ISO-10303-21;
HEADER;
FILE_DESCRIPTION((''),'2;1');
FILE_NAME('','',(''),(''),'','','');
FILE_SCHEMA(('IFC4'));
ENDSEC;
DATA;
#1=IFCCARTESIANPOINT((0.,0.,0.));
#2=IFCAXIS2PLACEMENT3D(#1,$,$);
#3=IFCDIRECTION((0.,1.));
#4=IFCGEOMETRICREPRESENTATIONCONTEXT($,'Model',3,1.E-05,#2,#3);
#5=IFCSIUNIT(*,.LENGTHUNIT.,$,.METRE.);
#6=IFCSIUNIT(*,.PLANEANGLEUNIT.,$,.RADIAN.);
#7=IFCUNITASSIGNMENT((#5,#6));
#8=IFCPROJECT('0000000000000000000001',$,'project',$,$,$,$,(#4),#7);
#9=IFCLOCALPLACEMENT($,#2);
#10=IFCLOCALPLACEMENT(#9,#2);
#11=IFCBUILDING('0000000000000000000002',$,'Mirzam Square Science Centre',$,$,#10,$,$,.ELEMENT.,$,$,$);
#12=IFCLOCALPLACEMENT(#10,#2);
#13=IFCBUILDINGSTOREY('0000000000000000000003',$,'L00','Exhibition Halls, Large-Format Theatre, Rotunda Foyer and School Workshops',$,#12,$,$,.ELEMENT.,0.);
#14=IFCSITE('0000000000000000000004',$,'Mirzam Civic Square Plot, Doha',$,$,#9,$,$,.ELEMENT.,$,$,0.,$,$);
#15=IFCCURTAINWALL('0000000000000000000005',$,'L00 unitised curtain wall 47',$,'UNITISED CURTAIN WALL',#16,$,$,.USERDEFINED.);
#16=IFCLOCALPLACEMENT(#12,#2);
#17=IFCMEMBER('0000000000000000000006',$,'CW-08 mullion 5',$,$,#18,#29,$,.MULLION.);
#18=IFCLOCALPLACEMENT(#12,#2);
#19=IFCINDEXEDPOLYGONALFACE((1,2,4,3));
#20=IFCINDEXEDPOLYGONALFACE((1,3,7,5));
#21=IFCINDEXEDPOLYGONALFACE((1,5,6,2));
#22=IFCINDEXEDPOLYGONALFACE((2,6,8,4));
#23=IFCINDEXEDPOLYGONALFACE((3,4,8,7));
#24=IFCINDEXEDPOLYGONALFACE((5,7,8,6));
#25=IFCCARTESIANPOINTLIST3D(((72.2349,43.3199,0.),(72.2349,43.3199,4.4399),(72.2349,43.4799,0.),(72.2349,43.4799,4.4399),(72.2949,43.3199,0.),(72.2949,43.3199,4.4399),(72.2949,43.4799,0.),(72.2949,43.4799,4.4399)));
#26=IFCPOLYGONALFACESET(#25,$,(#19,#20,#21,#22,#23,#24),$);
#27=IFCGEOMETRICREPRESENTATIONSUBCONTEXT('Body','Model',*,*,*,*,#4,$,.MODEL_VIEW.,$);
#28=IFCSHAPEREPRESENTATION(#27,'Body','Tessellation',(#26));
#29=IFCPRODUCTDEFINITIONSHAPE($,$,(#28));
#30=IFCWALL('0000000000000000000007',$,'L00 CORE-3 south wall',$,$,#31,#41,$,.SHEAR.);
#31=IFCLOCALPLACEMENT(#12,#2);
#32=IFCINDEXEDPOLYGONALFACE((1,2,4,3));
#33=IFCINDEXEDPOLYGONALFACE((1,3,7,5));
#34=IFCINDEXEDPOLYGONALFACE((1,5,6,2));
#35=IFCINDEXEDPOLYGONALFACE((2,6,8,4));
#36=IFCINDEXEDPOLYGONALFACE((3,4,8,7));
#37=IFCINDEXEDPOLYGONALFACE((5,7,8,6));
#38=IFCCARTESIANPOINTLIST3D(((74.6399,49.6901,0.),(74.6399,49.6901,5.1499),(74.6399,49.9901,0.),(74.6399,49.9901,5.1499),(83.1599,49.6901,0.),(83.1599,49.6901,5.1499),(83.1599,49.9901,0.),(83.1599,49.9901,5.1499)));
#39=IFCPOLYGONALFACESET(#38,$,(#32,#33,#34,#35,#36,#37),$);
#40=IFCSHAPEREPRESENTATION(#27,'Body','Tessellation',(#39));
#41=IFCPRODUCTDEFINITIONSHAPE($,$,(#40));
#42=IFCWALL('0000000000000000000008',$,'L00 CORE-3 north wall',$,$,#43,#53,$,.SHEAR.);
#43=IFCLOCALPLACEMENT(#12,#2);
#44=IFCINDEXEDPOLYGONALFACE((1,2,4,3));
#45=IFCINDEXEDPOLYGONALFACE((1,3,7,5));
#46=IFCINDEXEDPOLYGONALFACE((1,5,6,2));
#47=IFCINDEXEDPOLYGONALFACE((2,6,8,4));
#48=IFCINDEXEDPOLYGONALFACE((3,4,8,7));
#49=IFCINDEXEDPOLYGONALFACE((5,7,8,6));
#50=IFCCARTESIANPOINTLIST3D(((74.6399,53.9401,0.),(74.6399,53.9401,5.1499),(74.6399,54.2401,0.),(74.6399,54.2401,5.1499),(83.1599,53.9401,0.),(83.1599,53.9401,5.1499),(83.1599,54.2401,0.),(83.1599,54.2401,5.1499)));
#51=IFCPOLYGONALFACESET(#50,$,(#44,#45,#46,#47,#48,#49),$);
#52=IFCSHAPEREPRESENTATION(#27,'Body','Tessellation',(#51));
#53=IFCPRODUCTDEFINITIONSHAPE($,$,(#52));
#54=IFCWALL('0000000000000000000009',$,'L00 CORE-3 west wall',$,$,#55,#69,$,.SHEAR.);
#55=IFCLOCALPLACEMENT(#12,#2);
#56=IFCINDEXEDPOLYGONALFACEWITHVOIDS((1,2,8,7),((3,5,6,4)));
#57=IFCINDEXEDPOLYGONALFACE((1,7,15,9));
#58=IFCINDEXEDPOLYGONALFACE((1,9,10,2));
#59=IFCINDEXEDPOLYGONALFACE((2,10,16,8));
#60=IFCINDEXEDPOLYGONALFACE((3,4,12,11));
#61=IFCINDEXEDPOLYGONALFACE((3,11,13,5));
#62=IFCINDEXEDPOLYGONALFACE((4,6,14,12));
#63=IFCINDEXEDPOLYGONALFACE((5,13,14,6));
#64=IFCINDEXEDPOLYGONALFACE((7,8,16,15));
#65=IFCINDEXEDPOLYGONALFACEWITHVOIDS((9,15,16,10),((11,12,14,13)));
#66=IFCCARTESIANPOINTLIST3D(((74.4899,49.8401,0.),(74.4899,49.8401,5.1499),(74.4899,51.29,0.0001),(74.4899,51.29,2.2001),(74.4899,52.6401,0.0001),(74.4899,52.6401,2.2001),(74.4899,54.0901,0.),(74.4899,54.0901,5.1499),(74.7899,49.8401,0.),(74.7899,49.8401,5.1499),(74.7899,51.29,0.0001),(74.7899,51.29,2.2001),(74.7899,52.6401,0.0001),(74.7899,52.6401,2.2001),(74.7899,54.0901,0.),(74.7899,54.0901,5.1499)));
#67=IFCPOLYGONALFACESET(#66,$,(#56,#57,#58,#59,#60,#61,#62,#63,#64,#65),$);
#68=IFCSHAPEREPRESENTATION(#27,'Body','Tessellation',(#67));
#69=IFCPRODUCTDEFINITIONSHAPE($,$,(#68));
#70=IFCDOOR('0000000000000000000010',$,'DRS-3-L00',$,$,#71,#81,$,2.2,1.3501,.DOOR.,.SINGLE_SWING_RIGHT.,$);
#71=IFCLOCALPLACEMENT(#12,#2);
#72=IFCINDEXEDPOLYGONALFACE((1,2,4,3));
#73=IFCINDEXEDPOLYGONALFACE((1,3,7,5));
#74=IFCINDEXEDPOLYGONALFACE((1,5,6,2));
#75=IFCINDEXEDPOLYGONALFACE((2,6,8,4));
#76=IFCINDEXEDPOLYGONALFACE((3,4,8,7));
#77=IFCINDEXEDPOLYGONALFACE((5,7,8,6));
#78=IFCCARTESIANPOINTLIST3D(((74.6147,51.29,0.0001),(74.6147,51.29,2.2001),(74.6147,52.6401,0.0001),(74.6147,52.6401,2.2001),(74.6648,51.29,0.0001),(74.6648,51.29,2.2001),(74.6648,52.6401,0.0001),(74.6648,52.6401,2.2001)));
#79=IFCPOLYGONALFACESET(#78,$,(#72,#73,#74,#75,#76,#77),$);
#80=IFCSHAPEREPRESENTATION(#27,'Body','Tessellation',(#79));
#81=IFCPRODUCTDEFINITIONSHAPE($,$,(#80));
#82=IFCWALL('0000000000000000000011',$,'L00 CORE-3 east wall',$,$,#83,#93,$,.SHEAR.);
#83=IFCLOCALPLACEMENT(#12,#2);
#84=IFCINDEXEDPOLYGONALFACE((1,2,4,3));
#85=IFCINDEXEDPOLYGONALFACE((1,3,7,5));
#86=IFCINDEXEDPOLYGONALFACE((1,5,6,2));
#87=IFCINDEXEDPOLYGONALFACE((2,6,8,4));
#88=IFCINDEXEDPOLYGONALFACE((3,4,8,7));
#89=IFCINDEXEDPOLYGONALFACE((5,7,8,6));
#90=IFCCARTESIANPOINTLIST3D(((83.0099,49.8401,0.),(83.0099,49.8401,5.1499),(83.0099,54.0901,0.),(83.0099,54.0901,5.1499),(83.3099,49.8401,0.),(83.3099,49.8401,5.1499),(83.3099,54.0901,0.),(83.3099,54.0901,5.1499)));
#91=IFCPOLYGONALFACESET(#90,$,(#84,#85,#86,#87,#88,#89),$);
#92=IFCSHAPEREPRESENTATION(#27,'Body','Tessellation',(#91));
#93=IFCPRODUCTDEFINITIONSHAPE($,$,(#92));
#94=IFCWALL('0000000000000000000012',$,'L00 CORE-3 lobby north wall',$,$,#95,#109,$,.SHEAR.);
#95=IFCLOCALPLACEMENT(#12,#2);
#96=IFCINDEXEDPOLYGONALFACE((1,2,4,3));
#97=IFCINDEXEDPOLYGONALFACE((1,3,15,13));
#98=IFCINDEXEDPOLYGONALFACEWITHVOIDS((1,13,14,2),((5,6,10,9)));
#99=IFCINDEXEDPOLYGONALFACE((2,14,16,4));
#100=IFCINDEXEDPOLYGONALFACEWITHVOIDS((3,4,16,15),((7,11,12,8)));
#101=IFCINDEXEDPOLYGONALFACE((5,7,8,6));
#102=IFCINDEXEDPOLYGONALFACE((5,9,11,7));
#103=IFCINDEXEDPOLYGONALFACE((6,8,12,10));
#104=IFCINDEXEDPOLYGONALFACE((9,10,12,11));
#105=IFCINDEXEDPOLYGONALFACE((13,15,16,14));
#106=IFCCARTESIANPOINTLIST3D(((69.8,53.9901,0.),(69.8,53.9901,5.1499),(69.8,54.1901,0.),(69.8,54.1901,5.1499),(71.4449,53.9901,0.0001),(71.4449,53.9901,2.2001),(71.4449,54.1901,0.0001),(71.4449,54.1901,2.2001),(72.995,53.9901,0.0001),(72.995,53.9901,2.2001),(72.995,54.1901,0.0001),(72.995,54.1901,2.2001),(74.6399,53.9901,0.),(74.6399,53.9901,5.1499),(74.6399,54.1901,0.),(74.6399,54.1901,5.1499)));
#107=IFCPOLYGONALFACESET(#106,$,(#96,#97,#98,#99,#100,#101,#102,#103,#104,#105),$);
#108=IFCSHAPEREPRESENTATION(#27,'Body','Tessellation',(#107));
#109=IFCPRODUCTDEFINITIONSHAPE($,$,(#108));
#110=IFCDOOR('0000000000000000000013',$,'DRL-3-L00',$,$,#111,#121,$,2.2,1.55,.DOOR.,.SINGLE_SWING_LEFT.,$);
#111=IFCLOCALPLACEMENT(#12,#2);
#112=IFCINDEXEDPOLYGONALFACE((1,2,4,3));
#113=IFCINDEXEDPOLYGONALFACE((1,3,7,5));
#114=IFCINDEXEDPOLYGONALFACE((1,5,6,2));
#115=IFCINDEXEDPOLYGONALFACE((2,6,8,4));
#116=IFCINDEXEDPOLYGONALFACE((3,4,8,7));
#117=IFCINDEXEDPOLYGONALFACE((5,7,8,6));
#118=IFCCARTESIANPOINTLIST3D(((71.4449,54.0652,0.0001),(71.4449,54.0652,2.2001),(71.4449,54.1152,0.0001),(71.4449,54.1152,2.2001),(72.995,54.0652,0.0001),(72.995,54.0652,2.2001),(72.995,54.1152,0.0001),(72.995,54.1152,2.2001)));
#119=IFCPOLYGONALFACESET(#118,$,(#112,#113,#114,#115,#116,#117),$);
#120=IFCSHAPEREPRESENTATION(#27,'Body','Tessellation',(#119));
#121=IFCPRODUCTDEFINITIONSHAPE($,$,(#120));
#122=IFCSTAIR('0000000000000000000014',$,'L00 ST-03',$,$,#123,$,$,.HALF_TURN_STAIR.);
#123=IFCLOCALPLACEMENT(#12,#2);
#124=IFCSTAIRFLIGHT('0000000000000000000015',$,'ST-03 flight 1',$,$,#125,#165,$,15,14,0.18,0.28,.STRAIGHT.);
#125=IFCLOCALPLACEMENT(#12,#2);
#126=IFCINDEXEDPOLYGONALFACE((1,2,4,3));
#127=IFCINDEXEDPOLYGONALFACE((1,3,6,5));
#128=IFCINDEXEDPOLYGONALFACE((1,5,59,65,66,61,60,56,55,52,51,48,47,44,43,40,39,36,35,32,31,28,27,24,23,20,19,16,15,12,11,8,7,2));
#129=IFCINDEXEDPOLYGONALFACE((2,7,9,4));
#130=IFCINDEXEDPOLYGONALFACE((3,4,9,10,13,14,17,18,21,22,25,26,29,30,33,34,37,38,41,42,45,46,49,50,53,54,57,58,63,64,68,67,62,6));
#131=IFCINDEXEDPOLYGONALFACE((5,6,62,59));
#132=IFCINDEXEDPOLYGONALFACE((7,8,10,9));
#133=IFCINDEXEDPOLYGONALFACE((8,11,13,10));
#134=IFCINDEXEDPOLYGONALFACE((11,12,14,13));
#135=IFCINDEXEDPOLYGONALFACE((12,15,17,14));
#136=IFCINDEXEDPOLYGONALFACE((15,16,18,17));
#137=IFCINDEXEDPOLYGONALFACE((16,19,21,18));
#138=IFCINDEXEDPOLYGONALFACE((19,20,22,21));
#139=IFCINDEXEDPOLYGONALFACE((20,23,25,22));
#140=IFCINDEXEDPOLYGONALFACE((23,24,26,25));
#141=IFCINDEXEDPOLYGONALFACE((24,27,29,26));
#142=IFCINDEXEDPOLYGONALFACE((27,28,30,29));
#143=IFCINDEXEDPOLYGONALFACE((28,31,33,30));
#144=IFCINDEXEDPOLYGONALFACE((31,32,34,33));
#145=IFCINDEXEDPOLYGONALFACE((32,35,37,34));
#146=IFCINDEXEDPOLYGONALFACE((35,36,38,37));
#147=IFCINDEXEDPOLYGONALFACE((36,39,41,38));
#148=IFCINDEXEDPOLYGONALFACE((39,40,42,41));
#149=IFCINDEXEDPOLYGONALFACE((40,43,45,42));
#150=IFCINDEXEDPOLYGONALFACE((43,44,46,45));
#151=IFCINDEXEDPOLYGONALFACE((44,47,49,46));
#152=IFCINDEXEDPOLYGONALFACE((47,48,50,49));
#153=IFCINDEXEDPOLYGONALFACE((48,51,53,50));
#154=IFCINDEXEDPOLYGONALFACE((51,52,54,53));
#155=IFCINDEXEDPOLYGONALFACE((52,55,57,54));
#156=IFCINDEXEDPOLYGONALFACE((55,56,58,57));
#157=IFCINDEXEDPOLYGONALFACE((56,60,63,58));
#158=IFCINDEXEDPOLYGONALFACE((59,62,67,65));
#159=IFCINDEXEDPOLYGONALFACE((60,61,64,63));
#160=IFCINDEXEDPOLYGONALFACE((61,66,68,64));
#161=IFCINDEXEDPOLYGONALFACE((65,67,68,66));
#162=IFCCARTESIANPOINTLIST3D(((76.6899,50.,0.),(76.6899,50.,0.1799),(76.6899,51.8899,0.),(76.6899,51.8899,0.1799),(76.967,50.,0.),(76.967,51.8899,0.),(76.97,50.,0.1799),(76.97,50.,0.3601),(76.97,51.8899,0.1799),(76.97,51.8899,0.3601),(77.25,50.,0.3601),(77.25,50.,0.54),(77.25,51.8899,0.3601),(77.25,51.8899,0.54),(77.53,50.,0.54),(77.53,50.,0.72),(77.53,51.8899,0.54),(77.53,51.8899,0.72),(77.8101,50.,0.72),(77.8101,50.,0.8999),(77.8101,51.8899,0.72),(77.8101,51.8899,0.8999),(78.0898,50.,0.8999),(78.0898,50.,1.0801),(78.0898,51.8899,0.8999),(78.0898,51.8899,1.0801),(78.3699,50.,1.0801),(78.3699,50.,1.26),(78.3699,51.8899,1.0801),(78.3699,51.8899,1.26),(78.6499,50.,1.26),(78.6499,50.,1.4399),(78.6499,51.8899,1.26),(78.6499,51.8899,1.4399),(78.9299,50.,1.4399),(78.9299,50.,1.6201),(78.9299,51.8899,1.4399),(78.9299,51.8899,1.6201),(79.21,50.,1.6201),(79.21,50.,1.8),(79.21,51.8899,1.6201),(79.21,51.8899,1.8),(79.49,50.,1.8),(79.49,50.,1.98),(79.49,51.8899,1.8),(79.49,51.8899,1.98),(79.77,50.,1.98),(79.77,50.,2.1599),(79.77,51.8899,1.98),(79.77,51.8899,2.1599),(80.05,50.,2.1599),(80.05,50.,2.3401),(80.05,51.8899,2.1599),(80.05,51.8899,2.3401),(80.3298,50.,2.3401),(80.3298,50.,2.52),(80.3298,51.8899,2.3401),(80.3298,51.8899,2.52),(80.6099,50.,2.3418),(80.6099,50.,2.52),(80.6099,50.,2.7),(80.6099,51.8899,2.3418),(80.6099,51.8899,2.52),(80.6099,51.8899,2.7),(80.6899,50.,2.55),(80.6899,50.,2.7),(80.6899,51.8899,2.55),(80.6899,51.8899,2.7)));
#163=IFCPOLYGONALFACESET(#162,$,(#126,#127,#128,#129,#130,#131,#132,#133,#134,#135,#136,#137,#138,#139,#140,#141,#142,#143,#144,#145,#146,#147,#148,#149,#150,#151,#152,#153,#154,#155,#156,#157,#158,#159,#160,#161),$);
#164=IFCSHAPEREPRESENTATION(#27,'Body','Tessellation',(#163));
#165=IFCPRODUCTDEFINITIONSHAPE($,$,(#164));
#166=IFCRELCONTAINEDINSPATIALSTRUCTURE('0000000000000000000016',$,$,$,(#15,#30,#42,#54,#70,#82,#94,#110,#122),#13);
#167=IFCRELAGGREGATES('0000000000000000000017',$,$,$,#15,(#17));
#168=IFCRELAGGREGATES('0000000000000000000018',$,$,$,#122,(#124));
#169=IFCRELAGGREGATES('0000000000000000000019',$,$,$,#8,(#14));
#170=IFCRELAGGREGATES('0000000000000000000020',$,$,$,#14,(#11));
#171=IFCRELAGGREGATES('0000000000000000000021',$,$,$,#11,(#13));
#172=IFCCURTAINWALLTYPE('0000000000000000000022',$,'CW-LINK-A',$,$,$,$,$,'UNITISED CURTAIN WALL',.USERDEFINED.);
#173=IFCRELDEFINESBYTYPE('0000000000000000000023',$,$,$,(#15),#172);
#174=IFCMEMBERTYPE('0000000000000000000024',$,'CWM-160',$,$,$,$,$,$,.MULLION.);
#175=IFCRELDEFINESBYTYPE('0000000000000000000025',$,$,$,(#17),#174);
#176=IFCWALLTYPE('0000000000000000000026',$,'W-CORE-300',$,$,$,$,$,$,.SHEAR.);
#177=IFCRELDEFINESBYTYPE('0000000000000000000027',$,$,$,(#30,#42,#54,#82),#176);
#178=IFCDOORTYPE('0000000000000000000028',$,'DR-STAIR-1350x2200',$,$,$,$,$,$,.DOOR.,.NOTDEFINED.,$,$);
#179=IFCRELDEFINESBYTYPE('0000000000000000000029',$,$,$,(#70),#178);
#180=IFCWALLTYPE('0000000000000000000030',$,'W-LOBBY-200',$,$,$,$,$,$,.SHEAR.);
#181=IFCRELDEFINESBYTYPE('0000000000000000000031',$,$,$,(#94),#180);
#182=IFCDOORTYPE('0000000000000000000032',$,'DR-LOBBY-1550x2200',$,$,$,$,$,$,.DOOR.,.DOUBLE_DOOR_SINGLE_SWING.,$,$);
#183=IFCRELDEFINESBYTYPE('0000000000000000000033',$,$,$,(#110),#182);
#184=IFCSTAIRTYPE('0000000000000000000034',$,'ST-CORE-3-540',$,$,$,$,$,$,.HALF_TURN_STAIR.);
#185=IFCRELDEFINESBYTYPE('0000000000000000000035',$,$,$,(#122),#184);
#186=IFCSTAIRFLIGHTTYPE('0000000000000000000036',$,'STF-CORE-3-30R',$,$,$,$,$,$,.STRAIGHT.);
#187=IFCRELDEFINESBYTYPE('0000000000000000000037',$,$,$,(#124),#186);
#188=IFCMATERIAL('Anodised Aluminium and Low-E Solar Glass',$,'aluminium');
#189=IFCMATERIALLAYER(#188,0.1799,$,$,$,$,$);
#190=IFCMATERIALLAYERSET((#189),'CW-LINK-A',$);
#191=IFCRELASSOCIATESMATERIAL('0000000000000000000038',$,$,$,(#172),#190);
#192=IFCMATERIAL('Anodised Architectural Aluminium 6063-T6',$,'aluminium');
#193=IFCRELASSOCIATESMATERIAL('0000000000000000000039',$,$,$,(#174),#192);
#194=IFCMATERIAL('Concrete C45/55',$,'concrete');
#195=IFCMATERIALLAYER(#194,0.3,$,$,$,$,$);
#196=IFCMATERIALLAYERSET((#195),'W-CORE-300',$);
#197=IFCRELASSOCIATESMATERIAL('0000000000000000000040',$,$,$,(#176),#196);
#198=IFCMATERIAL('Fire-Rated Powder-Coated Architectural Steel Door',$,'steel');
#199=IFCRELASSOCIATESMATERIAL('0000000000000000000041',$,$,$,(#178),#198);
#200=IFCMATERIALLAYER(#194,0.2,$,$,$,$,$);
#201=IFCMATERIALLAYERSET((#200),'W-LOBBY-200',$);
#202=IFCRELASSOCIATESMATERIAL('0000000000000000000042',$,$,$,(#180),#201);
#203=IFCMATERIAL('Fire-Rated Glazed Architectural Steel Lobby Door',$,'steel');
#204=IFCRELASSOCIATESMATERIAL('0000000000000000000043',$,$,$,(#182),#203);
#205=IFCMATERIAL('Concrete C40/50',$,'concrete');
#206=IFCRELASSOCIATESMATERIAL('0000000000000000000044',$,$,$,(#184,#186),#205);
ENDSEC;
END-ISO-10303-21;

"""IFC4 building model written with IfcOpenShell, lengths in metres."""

from ifc_helpers import new_model, si_unit, direction, frame, frame_2d, origin, origin_2d, place, context, subcontext, project, spatial, polyline, rectangle, outline, extrude, material, layer, layer_set, material_profile, profile_set, type_object, element, fill, aggregate, save


model = new_model("IFC4")

# Units and contexts
model_context = context("Model", 3, precision=1e-05, world=origin(), true_north=direction((0.0, 1.0)))
body_context = subcontext(model_context, "Body", "Model", "MODEL_VIEW")
ifc_project = project(units=[si_unit("LENGTHUNIT", "METRE"), si_unit("PLANEANGLEUNIT", "RADIAN")], contexts=[model_context])

# Site, building, storey
site_placement = place(None, origin())
site = spatial("IfcSite", under=ifc_project, at=site_placement, Name="Mirzam Civic Square Plot, Doha", CompositionType="ELEMENT", RefElevation=0.0)
building_placement = place(site_placement, origin())
building = spatial("IfcBuilding", under=site, at=building_placement, Name="Mirzam Square Science Centre", CompositionType="ELEMENT")
storey_placement = place(building_placement, origin())
storey = spatial("IfcBuildingStorey", under=building, at=storey_placement, Name="L00", Description="Exhibition Halls, Large-Format Theatre, Rotunda Foyer and School Workshops", CompositionType="ELEMENT", Elevation=0.0)

# Curtain wall, member
ifc_material_1 = material(Name="Anodised Aluminium and Low-E Solar Glass", Category="aluminium")
ifc_layer_1 = layer(ifc_material_1, 0.1799)
ifc_layer_set_1 = layer_set([ifc_layer_1], Name="CW-LINK-A")
curtain_wall_type = type_object("IfcCurtainWallType", Name="CW-LINK-A", ElementType="UNITISED CURTAIN WALL", PredefinedType="USERDEFINED", material=ifc_layer_set_1)
curtain_wall_placement = place(storey_placement, origin())
curtain_wall = element("IfcCurtainWall", 1, at=curtain_wall_placement, inside=storey, type_object=curtain_wall_type, Name="L00 unitised curtain wall 47", ObjectType="UNITISED CURTAIN WALL", PredefinedType="USERDEFINED")
ifc_material_2 = material(Name="Anodised Architectural Aluminium 6063-T6", Category="aluminium")
ifc_material_profile_1 = material_profile(ifc_material_2, rectangle(XDim=0.0601, YDim=0.1599, at=origin_2d()), Name="ALU-MULL-160x60x4")
ifc_profile_set_1 = profile_set([ifc_material_profile_1], Name="Anodised Architectural Aluminium 6063-T6")
member_type = type_object("IfcMemberType", Name="CWM-160", PredefinedType="MULLION", material=ifc_profile_set_1)
member_placement = place(storey_placement, frame((72.2649, 43.3999, 0.0), z_axis=(0.0, 0.0, 1.0), x_axis=(1.0, 0.0, 0.0)))
member = element("IfcMember", 2, at=member_placement, type_object=member_type, Name="CW-08 mullion 5", PredefinedType="MULLION", context=body_context, shape_type="SweptSolid", body=[
    extrude(rectangle(XDim=0.0601, YDim=0.1599, at=origin_2d()), origin(), (0.0, 0.0, 1.0), 4.4399),
])
aggregate(curtain_wall, [member])

# Walls
ifc_material_3 = material(Name="Concrete C45/55", Category="concrete")
ifc_layer_2 = layer(ifc_material_3, 0.3)
ifc_layer_set_2 = layer_set([ifc_layer_2], Name="W-CORE-300")
wall_type_1 = type_object("IfcWallType", Name="W-CORE-300", PredefinedType="SHEAR", material=ifc_layer_set_2)
for number, where, z_axis, x_axis, name in (
    (3, (74.6399, 49.8401, 0.0), (0.0, 0.0, 1.0), (1.0, 0.0, 0.0), "L00 CORE-3 south wall"),
    (4, (83.1599, 54.0901, 0.0), (0.0, 0.0, 1.0), (-1.0, 0.0, 0.0), "L00 CORE-3 north wall"),
):
    element("IfcWall", number, at=place(storey_placement, frame(where, z_axis=z_axis, x_axis=x_axis)), inside=storey, type_object=wall_type_1, Name=name, PredefinedType="SHEAR", context=body_context, shape_type="SweptSolid", body=[
        extrude(rectangle(XDim=8.52, YDim=0.3, at=frame_2d((4.26, 0.0))), origin(), (0.0, 0.0, 1.0), 5.1499),
    ])

# Wall, opening, door
wall_1_placement = place(storey_placement, frame((74.6399, 54.0901, 0.0), z_axis=(0.0, 0.0, 1.0), x_axis=(0.0, -1.0, 0.0)))
wall_1 = element("IfcWall", 5, at=wall_1_placement, inside=storey, type_object=wall_type_1, Name="L00 CORE-3 west wall", PredefinedType="SHEAR", context=body_context, shape_type="SweptSolid", body=[
    extrude(rectangle(XDim=4.25, YDim=0.3, at=frame_2d((2.125, 0.0))), origin(), (0.0, 0.0, 1.0), 5.1499),
])
opening_1_placement = place(wall_1_placement, frame((1.45, 0.0, 0.0)))
opening_1 = element("IfcOpeningElement", 6, at=opening_1_placement, cuts=wall_1, PredefinedType="OPENING", context=body_context, shape_type="SweptSolid", body=[
    extrude(rectangle(XDim=1.3501, YDim=2.2, at=frame_2d((0.675, 1.1001))), frame((0.0, 0.1599, 0.0), z_axis=(0.0, -1.0, 0.0), x_axis=(1.0, 0.0, 0.0)), (0.0, 0.0, 1.0), 0.3201),
])
ifc_material_4 = material(Name="Fire-Rated Powder-Coated Architectural Steel Door", Category="steel")
door_type_1 = type_object("IfcDoorType", Name="DR-STAIR-1350x2200", OperationType="NOTDEFINED", PredefinedType="DOOR", material=ifc_material_4)
door_1_placement = place(opening_1_placement, origin())
door_1 = element("IfcDoor", 7, at=door_1_placement, inside=storey, type_object=door_type_1, Name="DRS-3-L00", OperationType="SINGLE_SWING_RIGHT", OverallHeight=2.2, OverallWidth=1.3501, PredefinedType="DOOR", context=body_context, shape_type="SweptSolid", body=[
    extrude(rectangle(XDim=1.3501, YDim=2.2, at=frame_2d((0.675, 1.1001))), frame((0.0, 0.0249, 0.0), z_axis=(0.0, -1.0, 0.0), x_axis=(1.0, 0.0, 0.0)), (0.0, 0.0, 1.0), 0.05),
])
fill(opening_1, door_1)

# Wall
wall_2_placement = place(storey_placement, frame((83.1599, 49.8401, 0.0), z_axis=(0.0, 0.0, 1.0), x_axis=(0.0, 1.0, 0.0)))
element("IfcWall", 8, at=wall_2_placement, inside=storey, type_object=wall_type_1, Name="L00 CORE-3 east wall", PredefinedType="SHEAR", context=body_context, shape_type="SweptSolid", body=[
    extrude(rectangle(XDim=4.25, YDim=0.3, at=frame_2d((2.125, 0.0))), origin(), (0.0, 0.0, 1.0), 5.1499),
])

# Wall, opening, door
ifc_layer_3 = layer(ifc_material_3, 0.2)
ifc_layer_set_3 = layer_set([ifc_layer_3], Name="W-LOBBY-200")
wall_type_2 = type_object("IfcWallType", Name="W-LOBBY-200", PredefinedType="SHEAR", material=ifc_layer_set_3)
wall_3_placement = place(storey_placement, frame((74.6399, 54.0901, 0.0), z_axis=(0.0, 0.0, 1.0), x_axis=(-1.0, 0.0, 0.0)))
wall_3 = element("IfcWall", 9, at=wall_3_placement, inside=storey, type_object=wall_type_2, Name="L00 CORE-3 lobby north wall", PredefinedType="SHEAR", context=body_context, shape_type="SweptSolid", body=[
    extrude(rectangle(XDim=4.8398, YDim=0.2, at=frame_2d((2.4199, 0.0))), origin(), (0.0, 0.0, 1.0), 5.1499),
])
opening_2_placement = place(wall_3_placement, frame((1.645, 0.0, 0.0)))
opening_2 = element("IfcOpeningElement", 10, at=opening_2_placement, cuts=wall_3, PredefinedType="OPENING", context=body_context, shape_type="SweptSolid", body=[
    extrude(rectangle(XDim=1.55, YDim=2.2, at=frame_2d((0.7749, 1.1001))), frame((0.0, 0.1099, 0.0), z_axis=(0.0, -1.0, 0.0), x_axis=(1.0, 0.0, 0.0)), (0.0, 0.0, 1.0), 0.22),
])
ifc_material_5 = material(Name="Fire-Rated Glazed Architectural Steel Lobby Door", Category="steel")
door_type_2 = type_object("IfcDoorType", Name="DR-LOBBY-1550x2200", OperationType="DOUBLE_DOOR_SINGLE_SWING", PredefinedType="DOOR", material=ifc_material_5)
door_2_placement = place(opening_2_placement, origin())
door_2 = element("IfcDoor", 11, at=door_2_placement, inside=storey, type_object=door_type_2, Name="DRL-3-L00", OperationType="SINGLE_SWING_LEFT", OverallHeight=2.2, OverallWidth=1.55, PredefinedType="DOOR", context=body_context, shape_type="SweptSolid", body=[
    extrude(rectangle(XDim=1.55, YDim=2.2, at=frame_2d((0.7749, 1.1001))), frame((0.0, 0.0249, 0.0), z_axis=(0.0, -1.0, 0.0), x_axis=(1.0, 0.0, 0.0)), (0.0, 0.0, 1.0), 0.05),
])
fill(opening_2, door_2)

# Stair, stair flight
ifc_material_6 = material(Name="Concrete C40/50", Category="concrete")
stair_type_1 = type_object("IfcStairType", Name="ST-CORE-3-540", PredefinedType="HALF_TURN_STAIR", material=ifc_material_6)
stair_1_placement = place(storey_placement, origin())
stair_1 = element("IfcStair", 12, at=stair_1_placement, inside=storey, type_object=stair_type_1, Name="L00 ST-03", PredefinedType="HALF_TURN_STAIR")
stair_flight_type_1 = type_object("IfcStairFlightType", Name="STF-CORE-3-30R", PredefinedType="STRAIGHT", material=ifc_material_6)
stair_flight_1_placement = place(storey_placement, frame((76.6899, 50.9451, 0.0), z_axis=(0.0, 0.0, 1.0), x_axis=(1.0, 0.0, 0.0)))
stair_flight_1 = element("IfcStairFlight", 13, at=stair_flight_1_placement, type_object=stair_flight_type_1, Name="ST-03 flight 1", NumberOfRisers=15, NumberOfTreads=14, PredefinedType="STRAIGHT", RiserHeight=0.18, TreadLength=0.28, context=body_context, shape_type="SweptSolid", body=[
    extrude(outline(polyline([(0.0, 0.0), (0.0, 0.1799), (0.28, 0.1799), (0.28, 0.3601), (0.5601, 0.3601), (0.5601, 0.54), (0.8401, 0.54), (0.8401, 0.72), (1.1201, 0.72), (1.1201, 0.8999), (1.3999, 0.8999), (1.3999, 1.0801), (1.6799, 1.0801), (1.6799, 1.26), (1.96, 1.26), (1.96, 1.4399), (2.24, 1.4399), (2.24, 1.6201), (2.52, 1.6201), (2.52, 1.8), (2.8, 1.8), (2.8, 1.98), (3.0801, 1.98), (3.0801, 2.1599), (3.3601, 2.1599), (3.3601, 2.3401), (3.6399, 2.3401), (3.6399, 2.52), (3.9199, 2.52), (3.9199, 2.7), (4.0, 2.7), (4.0, 2.55), (3.9199, 2.3418), (0.2771, 0.0), (0.0, 0.0)])), frame((0.0, 0.9448, 0.0), z_axis=(0.0, -1.0, 0.0), x_axis=(1.0, 0.0, 0.0)), (0.0, 0.0, 1.0), 1.8899),
])
aggregate(stair_1, [stair_flight_1])

save(model, "model.ifc")
